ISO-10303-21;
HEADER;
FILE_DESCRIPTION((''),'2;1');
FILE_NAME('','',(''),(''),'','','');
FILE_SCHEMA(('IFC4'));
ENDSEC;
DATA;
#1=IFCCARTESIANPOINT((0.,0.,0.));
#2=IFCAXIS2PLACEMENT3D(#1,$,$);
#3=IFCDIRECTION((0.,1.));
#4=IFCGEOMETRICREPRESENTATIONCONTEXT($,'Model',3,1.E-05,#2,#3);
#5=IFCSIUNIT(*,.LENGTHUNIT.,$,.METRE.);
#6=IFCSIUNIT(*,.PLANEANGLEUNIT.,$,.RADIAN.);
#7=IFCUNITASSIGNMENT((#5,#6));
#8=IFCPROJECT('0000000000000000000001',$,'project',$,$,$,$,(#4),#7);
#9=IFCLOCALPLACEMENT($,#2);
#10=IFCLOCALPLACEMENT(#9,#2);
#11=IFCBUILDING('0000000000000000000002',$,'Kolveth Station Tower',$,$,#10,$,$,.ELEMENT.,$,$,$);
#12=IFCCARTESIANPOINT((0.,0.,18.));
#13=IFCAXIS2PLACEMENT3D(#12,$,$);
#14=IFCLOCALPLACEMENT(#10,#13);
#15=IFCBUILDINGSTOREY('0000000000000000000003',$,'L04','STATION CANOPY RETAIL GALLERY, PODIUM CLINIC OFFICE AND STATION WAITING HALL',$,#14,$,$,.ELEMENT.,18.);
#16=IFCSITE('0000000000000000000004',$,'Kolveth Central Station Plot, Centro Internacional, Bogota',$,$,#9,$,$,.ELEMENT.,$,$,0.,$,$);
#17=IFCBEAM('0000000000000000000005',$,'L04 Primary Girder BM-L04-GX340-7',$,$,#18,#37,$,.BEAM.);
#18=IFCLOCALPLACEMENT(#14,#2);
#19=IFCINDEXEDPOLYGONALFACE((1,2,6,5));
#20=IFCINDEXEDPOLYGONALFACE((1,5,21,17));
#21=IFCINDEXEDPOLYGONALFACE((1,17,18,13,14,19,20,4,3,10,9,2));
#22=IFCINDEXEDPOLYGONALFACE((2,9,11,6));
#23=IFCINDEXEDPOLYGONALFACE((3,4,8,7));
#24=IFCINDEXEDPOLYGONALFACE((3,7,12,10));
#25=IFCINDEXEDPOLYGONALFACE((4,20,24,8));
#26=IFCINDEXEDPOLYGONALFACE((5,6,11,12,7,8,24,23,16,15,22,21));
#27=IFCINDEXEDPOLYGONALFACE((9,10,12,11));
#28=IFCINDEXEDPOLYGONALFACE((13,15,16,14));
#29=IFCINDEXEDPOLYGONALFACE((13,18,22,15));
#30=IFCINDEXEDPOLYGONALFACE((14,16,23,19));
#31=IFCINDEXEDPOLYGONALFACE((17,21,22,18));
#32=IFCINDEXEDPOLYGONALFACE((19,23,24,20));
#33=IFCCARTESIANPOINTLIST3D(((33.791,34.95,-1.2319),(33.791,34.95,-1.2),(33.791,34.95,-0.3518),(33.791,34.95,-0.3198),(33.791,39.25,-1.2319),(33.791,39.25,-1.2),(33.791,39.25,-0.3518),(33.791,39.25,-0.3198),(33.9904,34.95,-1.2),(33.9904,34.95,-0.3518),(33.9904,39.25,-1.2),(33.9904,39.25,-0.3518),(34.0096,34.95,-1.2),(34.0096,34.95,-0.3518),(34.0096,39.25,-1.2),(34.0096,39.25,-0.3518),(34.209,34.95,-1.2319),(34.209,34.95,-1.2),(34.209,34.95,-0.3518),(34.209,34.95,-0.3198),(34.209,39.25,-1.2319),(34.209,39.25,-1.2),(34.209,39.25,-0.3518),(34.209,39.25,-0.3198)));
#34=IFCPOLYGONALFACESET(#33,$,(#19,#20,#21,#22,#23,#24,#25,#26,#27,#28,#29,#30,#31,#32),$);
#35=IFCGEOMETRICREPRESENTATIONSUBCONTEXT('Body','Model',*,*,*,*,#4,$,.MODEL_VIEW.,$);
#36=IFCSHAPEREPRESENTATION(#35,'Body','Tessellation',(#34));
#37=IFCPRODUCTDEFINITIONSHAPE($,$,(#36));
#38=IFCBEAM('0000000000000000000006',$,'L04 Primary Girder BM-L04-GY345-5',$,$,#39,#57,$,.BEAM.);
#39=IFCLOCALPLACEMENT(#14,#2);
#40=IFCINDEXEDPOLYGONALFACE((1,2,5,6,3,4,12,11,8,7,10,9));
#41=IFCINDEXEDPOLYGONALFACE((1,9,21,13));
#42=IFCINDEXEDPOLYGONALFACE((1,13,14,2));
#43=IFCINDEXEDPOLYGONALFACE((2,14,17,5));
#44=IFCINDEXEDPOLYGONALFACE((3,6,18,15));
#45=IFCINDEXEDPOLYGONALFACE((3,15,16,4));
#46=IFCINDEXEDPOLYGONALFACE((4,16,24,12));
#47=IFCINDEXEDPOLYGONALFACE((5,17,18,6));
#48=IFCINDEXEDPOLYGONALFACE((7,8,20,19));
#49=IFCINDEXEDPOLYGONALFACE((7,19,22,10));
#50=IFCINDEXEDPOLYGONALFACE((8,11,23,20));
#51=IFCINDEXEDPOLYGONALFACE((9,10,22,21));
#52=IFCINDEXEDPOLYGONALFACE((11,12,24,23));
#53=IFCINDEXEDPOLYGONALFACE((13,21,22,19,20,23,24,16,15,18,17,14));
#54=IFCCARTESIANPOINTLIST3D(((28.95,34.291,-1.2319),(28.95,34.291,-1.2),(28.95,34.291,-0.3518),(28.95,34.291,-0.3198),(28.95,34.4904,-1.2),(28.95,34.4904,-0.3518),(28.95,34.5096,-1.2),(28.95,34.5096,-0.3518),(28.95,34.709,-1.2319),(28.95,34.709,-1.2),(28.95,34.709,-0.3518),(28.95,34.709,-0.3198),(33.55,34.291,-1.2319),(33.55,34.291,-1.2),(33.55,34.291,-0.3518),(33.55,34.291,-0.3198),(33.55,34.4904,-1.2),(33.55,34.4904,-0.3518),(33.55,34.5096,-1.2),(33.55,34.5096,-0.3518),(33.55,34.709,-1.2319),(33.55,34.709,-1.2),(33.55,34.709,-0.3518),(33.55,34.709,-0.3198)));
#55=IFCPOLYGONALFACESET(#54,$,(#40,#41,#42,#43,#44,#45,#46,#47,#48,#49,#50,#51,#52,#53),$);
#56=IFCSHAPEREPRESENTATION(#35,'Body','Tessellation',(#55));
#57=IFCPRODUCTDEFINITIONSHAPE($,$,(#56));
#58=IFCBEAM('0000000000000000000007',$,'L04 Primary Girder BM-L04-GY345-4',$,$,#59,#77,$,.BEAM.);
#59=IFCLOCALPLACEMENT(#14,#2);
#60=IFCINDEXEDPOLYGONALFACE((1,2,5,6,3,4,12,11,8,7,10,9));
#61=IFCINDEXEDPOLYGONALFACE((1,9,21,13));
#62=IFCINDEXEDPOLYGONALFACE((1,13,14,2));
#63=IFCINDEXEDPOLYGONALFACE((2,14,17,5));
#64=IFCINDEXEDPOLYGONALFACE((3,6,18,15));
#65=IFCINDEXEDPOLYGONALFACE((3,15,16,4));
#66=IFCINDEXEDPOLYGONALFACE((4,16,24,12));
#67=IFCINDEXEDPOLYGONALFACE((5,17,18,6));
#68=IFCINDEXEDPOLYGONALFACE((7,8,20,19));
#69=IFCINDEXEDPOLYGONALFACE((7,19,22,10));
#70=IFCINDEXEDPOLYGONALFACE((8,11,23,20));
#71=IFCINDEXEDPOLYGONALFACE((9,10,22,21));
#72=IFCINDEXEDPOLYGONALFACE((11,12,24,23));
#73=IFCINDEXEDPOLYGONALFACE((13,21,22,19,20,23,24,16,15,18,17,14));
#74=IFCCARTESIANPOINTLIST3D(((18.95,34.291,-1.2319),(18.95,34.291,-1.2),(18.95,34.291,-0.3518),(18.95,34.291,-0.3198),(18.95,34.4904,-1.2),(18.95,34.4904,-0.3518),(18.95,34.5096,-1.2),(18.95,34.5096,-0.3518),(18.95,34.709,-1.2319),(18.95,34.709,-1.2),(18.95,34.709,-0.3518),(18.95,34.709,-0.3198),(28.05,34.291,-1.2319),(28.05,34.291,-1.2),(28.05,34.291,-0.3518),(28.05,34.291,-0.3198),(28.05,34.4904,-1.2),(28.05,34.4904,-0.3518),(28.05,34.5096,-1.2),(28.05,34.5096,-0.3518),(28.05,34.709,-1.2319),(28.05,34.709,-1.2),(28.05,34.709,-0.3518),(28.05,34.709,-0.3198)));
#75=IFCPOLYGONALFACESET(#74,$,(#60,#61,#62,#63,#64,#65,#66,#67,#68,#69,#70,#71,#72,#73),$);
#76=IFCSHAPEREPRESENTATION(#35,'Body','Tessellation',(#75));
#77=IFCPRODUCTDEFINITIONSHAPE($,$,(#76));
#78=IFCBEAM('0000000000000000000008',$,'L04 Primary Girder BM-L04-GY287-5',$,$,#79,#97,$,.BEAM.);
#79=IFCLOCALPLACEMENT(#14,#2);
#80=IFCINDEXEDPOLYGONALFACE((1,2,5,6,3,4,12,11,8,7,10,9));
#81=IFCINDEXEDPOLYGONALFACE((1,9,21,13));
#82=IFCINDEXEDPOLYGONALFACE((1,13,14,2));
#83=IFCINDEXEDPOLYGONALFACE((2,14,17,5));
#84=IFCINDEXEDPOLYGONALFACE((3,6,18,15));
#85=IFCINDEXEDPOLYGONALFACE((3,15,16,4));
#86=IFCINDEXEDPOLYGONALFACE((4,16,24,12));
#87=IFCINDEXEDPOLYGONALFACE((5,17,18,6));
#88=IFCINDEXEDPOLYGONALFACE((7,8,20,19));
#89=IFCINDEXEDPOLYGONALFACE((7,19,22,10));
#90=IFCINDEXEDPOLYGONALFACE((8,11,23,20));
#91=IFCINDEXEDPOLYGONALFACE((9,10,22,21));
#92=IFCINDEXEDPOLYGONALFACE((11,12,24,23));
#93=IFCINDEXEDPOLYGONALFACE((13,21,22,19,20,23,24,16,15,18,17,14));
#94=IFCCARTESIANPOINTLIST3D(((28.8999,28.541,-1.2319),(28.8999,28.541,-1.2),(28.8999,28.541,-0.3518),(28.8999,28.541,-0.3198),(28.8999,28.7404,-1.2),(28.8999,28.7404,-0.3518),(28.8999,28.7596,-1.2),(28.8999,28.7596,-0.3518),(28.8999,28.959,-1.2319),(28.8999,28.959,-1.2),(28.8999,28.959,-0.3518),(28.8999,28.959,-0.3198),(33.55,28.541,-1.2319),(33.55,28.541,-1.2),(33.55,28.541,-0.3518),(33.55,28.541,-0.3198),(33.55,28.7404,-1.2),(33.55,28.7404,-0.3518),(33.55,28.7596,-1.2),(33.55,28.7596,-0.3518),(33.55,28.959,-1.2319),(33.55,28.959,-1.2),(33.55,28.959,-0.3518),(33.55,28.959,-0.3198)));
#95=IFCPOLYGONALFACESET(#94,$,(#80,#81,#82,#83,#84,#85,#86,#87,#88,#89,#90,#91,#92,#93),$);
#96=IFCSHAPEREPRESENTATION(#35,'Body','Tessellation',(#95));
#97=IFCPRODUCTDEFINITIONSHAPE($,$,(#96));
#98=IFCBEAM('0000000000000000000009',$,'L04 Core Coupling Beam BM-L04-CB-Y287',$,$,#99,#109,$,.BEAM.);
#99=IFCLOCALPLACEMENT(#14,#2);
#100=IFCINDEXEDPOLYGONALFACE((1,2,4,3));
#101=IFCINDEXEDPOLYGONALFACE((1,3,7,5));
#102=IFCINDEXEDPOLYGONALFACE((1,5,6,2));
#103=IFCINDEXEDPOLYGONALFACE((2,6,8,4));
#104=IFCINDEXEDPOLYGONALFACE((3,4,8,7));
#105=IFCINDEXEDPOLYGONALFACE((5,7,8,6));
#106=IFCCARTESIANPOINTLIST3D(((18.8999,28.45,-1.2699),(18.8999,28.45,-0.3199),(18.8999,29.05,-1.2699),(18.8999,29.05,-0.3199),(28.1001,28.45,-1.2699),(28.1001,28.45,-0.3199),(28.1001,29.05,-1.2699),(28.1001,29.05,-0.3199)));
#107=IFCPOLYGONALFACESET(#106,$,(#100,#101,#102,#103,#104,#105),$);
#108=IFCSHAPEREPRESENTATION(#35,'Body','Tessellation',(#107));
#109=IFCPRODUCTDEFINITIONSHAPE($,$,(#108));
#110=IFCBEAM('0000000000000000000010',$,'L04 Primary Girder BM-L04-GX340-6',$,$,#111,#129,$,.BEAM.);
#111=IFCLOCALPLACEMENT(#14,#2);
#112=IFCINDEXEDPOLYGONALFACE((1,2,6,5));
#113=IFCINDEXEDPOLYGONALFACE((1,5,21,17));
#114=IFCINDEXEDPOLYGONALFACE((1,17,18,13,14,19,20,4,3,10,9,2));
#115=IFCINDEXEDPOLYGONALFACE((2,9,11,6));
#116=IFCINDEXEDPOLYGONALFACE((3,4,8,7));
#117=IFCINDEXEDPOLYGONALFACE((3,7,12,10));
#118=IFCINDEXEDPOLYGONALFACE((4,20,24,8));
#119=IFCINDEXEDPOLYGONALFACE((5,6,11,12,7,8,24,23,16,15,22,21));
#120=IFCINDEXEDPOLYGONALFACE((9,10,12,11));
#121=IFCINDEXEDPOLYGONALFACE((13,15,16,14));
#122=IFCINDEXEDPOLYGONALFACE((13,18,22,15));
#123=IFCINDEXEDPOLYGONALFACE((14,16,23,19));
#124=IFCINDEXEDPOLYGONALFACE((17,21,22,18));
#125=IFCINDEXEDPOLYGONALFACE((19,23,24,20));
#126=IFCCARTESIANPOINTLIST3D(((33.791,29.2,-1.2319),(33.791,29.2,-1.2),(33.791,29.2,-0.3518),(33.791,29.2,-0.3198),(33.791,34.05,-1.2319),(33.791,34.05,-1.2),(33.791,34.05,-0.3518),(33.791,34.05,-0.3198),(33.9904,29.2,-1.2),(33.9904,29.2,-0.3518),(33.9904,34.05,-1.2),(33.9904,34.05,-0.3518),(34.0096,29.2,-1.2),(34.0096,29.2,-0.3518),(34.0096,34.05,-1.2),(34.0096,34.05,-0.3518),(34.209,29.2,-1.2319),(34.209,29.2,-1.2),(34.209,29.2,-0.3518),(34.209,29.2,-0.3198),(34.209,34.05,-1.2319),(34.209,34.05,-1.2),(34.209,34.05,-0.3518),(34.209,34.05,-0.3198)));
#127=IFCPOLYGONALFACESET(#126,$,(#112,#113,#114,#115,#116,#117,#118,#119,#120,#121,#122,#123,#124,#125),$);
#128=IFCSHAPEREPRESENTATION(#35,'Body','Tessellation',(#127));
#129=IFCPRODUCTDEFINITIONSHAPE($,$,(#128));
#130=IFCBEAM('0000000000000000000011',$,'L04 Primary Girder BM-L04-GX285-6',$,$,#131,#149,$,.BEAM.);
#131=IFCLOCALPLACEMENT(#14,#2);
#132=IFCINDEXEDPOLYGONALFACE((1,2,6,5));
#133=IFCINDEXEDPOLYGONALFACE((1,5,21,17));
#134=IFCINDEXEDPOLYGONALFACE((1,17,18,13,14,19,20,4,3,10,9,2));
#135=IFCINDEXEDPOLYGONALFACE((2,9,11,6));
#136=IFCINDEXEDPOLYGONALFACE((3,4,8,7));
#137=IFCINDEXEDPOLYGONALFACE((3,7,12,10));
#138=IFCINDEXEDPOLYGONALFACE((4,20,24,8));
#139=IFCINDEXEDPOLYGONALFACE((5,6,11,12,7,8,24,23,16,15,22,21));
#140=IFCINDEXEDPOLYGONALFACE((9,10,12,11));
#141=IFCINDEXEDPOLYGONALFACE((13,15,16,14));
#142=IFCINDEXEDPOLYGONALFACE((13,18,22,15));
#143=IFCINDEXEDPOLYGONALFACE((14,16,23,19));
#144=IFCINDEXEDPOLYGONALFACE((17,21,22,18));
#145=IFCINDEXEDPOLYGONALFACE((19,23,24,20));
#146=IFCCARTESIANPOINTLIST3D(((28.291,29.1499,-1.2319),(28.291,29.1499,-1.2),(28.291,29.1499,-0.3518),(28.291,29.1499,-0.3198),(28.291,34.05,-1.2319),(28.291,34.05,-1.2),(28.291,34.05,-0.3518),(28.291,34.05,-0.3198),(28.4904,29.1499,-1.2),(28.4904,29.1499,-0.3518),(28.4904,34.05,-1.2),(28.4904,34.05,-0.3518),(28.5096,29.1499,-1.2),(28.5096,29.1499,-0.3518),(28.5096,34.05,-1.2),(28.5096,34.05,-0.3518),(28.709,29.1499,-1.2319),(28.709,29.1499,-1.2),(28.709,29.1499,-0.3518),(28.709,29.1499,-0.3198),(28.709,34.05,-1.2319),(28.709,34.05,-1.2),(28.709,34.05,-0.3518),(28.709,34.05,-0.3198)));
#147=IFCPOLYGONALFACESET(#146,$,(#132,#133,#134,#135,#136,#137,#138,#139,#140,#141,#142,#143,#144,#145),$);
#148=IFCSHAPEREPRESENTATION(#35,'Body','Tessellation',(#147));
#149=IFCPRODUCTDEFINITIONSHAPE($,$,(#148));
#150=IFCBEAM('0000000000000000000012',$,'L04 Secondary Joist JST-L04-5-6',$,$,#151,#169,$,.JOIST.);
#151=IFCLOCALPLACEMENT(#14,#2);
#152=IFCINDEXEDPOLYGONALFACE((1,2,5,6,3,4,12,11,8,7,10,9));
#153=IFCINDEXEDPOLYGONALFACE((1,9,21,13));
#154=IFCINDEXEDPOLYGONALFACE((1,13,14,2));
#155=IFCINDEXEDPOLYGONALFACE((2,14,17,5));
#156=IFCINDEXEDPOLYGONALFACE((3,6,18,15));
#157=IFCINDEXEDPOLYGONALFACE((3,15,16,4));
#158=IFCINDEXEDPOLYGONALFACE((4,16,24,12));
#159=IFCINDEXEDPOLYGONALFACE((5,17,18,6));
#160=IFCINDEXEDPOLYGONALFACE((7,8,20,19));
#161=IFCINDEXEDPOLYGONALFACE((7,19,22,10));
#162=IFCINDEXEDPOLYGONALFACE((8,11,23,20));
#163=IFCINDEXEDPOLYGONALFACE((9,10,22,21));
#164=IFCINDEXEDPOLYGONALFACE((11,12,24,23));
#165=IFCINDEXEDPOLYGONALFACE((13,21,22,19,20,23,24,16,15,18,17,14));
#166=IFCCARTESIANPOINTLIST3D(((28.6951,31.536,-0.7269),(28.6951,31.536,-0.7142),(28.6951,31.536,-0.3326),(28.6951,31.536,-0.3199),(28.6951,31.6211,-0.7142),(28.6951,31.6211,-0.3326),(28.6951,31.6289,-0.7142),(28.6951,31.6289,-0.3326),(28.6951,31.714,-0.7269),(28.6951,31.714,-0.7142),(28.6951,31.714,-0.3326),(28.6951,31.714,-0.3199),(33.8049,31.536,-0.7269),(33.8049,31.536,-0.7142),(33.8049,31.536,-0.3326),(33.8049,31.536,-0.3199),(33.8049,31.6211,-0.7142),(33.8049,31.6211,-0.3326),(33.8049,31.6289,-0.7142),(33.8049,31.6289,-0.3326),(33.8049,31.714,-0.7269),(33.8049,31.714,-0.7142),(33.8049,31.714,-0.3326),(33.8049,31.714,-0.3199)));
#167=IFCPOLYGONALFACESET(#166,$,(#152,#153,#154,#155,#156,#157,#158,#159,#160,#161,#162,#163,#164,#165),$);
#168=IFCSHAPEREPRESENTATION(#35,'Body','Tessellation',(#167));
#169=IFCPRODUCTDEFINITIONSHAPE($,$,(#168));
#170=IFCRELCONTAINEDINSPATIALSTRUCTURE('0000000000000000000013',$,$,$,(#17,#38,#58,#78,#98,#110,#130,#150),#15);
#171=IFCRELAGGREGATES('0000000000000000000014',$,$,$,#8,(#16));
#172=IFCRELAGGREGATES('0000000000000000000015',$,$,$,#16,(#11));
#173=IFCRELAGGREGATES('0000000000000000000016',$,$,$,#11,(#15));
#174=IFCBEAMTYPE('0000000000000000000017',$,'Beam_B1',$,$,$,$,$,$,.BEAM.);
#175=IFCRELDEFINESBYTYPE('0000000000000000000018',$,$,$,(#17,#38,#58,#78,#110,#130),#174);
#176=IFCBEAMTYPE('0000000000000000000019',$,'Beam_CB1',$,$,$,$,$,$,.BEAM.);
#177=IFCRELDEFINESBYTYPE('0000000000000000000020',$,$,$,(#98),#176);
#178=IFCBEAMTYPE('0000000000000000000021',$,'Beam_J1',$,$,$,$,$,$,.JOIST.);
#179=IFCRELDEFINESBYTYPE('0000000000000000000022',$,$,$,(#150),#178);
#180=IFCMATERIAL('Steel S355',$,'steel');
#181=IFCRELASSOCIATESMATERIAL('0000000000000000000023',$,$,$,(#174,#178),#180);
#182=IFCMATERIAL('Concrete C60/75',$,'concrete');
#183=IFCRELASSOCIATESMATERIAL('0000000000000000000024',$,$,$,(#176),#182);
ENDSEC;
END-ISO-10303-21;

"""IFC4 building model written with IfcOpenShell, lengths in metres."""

from ifc_helpers import new_model, si_unit, direction, frame, origin, origin_2d, place, context, subcontext, project, spatial, rectangle, i_section, extrude, source, transform, mapped, material, material_profile, profile_set, type_object, element, save


model = new_model("IFC4")

# Units and contexts
model_context = context("Model", 3, precision=1e-05, world=origin(), true_north=direction((0.0, 1.0)))
body_context = subcontext(model_context, "Body", "Model", "MODEL_VIEW")
ifc_project = project(units=[si_unit("LENGTHUNIT", "METRE"), si_unit("PLANEANGLEUNIT", "RADIAN")], contexts=[model_context])

# Site, building, storey
site_placement = place(None, origin())
site = spatial("IfcSite", under=ifc_project, at=site_placement, Name="Kolveth Central Station Plot, Centro Internacional, Bogota", CompositionType="ELEMENT", RefElevation=0.0)
building_placement = place(site_placement, origin())
building = spatial("IfcBuilding", under=site, at=building_placement, Name="Kolveth Station Tower", CompositionType="ELEMENT")
storey_placement = place(building_placement, frame((0.0, 0.0, 18.0)))
storey = spatial("IfcBuildingStorey", under=building, at=storey_placement, Name="L04", Description="STATION CANOPY RETAIL GALLERY, PODIUM CLINIC OFFICE AND STATION WAITING HALL", CompositionType="ELEMENT", Elevation=18.0)

# Beams
ifc_material_1 = material(Name="Steel S355", Category="steel")
ifc_material_profile_1 = material_profile(ifc_material_1, i_section(OverallWidth=0.418, OverallDepth=0.9121, WebThickness=0.0193, FlangeThickness=0.032, at=origin_2d()), Name="W920x342")
ifc_profile_set_1 = profile_set([ifc_material_profile_1], Name="Steel S355")
beam_type_1 = type_object("IfcBeamType", Name="Beam_B1", PredefinedType="BEAM", material=ifc_profile_set_1)
shared_shape_1 = source(origin(), body_context, "Body", "SweptSolid", [
    extrude(i_section(OverallWidth=0.418, OverallDepth=0.9121, WebThickness=0.0193, FlangeThickness=0.032, at=origin_2d()), origin(), (0.0, 0.0, 1.0), 4.3),
])
for number, where, z_axis, x_axis, name in (
    (1, (34.0, 34.95, -0.7759), (0.0, 1.0, 0.0), (-1.0, 0.0, 0.0), "L04 Primary Girder BM-L04-GX340-7"),
):
    element("IfcBeam", number, at=place(storey_placement, frame(where, z_axis=z_axis, x_axis=x_axis)), inside=storey, type_object=beam_type_1, Name=name, PredefinedType="BEAM", context=body_context, shape_type="MappedRepresentation", body=[
        mapped(shared_shape_1, transform((0.0, 0.0, 0.0), x_axis=(1.0, 0.0, 0.0), y_axis=(0.0, 1.0, 0.0), z_axis=(0.0, 0.0, 1.0), scale=1.0)),
    ])
shared_shape_2 = source(origin(), body_context, "Body", "SweptSolid", [
    extrude(i_section(OverallWidth=0.418, OverallDepth=0.9121, WebThickness=0.0193, FlangeThickness=0.032, at=origin_2d()), origin(), (0.0, 0.0, 1.0), 4.6001),
])
beam_1_placement = place(storey_placement, frame((28.95, 34.5, -0.7759), z_axis=(1.0, 0.0, 0.0), x_axis=(0.0, 1.0, 0.0)))
element("IfcBeam", 2, at=beam_1_placement, inside=storey, type_object=beam_type_1, Name="L04 Primary Girder BM-L04-GY345-5", PredefinedType="BEAM", context=body_context, shape_type="MappedRepresentation", body=[
    mapped(shared_shape_2, transform((0.0, 0.0, 0.0), x_axis=(1.0, 0.0, 0.0), y_axis=(0.0, 1.0, 0.0), z_axis=(0.0, 0.0, 1.0), scale=1.0)),
])
shared_shape_3 = source(origin(), body_context, "Body", "SweptSolid", [
    extrude(i_section(OverallWidth=0.418, OverallDepth=0.9121, WebThickness=0.0193, FlangeThickness=0.032, at=origin_2d()), origin(), (0.0, 0.0, 1.0), 9.1001),
])
beam_2_placement = place(storey_placement, frame((18.95, 34.5, -0.7759), z_axis=(1.0, 0.0, 0.0), x_axis=(0.0, 1.0, 0.0)))
element("IfcBeam", 3, at=beam_2_placement, inside=storey, type_object=beam_type_1, Name="L04 Primary Girder BM-L04-GY345-4", PredefinedType="BEAM", context=body_context, shape_type="MappedRepresentation", body=[
    mapped(shared_shape_3, transform((0.0, 0.0, 0.0), x_axis=(1.0, 0.0, 0.0), y_axis=(0.0, 1.0, 0.0), z_axis=(0.0, 0.0, 1.0), scale=1.0)),
])
shared_shape_4 = source(origin(), body_context, "Body", "SweptSolid", [
    extrude(i_section(OverallWidth=0.418, OverallDepth=0.9121, WebThickness=0.0193, FlangeThickness=0.032, at=origin_2d()), origin(), (0.0, 0.0, 1.0), 4.6501),
])
beam_3_placement = place(storey_placement, frame((28.8999, 28.75, -0.7759), z_axis=(1.0, 0.0, 0.0), x_axis=(0.0, 1.0, 0.0)))
element("IfcBeam", 4, at=beam_3_placement, inside=storey, type_object=beam_type_1, Name="L04 Primary Girder BM-L04-GY287-5", PredefinedType="BEAM", context=body_context, shape_type="MappedRepresentation", body=[
    mapped(shared_shape_4, transform((0.0, 0.0, 0.0), x_axis=(1.0, 0.0, 0.0), y_axis=(0.0, 1.0, 0.0), z_axis=(0.0, 0.0, 1.0), scale=1.0)),
])
ifc_material_2 = material(Name="Concrete C60/75", Category="concrete")
ifc_material_profile_2 = material_profile(ifc_material_2, rectangle(XDim=0.6001, YDim=0.95, at=origin_2d()), Name="RC-600x950")
ifc_profile_set_2 = profile_set([ifc_material_profile_2], Name="Concrete C60/75")
beam_type_2 = type_object("IfcBeamType", Name="Beam_CB1", PredefinedType="BEAM", material=ifc_profile_set_2)
shared_shape_5 = source(origin(), body_context, "Body", "SweptSolid", [
    extrude(rectangle(XDim=0.6001, YDim=0.95, at=origin_2d()), origin(), (0.0, 0.0, 1.0), 9.2002),
])
beam_4_placement = place(storey_placement, frame((18.8999, 28.75, -0.7949), z_axis=(1.0, 0.0, 0.0), x_axis=(0.0, 1.0, 0.0)))
element("IfcBeam", 5, at=beam_4_placement, inside=storey, type_object=beam_type_2, Name="L04 Core Coupling Beam BM-L04-CB-Y287", PredefinedType="BEAM", context=body_context, shape_type="MappedRepresentation", body=[
    mapped(shared_shape_5, transform((0.0, 0.0, 0.0), x_axis=(1.0, 0.0, 0.0), y_axis=(0.0, 1.0, 0.0), z_axis=(0.0, 0.0, 1.0), scale=1.0)),
])
shared_shape_6 = source(origin(), body_context, "Body", "SweptSolid", [
    extrude(i_section(OverallWidth=0.418, OverallDepth=0.9121, WebThickness=0.0193, FlangeThickness=0.032, at=origin_2d()), origin(), (0.0, 0.0, 1.0), 4.8501),
])
beam_5_placement = place(storey_placement, frame((34.0, 29.2, -0.7759), z_axis=(0.0, 1.0, 0.0), x_axis=(-1.0, 0.0, 0.0)))
element("IfcBeam", 6, at=beam_5_placement, inside=storey, type_object=beam_type_1, Name="L04 Primary Girder BM-L04-GX340-6", PredefinedType="BEAM", context=body_context, shape_type="MappedRepresentation", body=[
    mapped(shared_shape_6, transform((0.0, 0.0, 0.0), x_axis=(1.0, 0.0, 0.0), y_axis=(0.0, 1.0, 0.0), z_axis=(0.0, 0.0, 1.0), scale=1.0)),
])
shared_shape_7 = source(origin(), body_context, "Body", "SweptSolid", [
    extrude(i_section(OverallWidth=0.418, OverallDepth=0.9121, WebThickness=0.0193, FlangeThickness=0.032, at=origin_2d()), origin(), (0.0, 0.0, 1.0), 4.9001),
])
beam_6_placement = place(storey_placement, frame((28.5, 29.1499, -0.7759), z_axis=(0.0, 1.0, 0.0), x_axis=(-1.0, 0.0, 0.0)))
element("IfcBeam", 7, at=beam_6_placement, inside=storey, type_object=beam_type_1, Name="L04 Primary Girder BM-L04-GX285-6", PredefinedType="BEAM", context=body_context, shape_type="MappedRepresentation", body=[
    mapped(shared_shape_7, transform((0.0, 0.0, 0.0), x_axis=(1.0, 0.0, 0.0), y_axis=(0.0, 1.0, 0.0), z_axis=(0.0, 0.0, 1.0), scale=1.0)),
])
ifc_material_profile_3 = material_profile(ifc_material_1, i_section(OverallWidth=0.178, OverallDepth=0.407, WebThickness=0.0078, FlangeThickness=0.0127, at=origin_2d()), Name="W410x60")
ifc_profile_set_3 = profile_set([ifc_material_profile_3], Name="Steel S355")
beam_type_3 = type_object("IfcBeamType", Name="Beam_J1", PredefinedType="JOIST", material=ifc_profile_set_3)
shared_shape_8 = source(origin(), body_context, "Body", "SweptSolid", [
    extrude(i_section(OverallWidth=0.178, OverallDepth=0.407, WebThickness=0.0078, FlangeThickness=0.0127, at=origin_2d()), origin(), (0.0, 0.0, 1.0), 5.1099),
])
for number, where, z_axis, x_axis, name in (
    (8, (28.6951, 31.625, -0.5234), (1.0, 0.0, 0.0), (0.0, 1.0, 0.0), "L04 Secondary Joist JST-L04-5-6"),
):
    element("IfcBeam", number, at=place(storey_placement, frame(where, z_axis=z_axis, x_axis=x_axis)), inside=storey, type_object=beam_type_3, Name=name, PredefinedType="JOIST", context=body_context, shape_type="MappedRepresentation", body=[
        mapped(shared_shape_8, transform((0.0, 0.0, 0.0), x_axis=(1.0, 0.0, 0.0), y_axis=(0.0, 1.0, 0.0), z_axis=(0.0, 0.0, 1.0), scale=1.0)),
    ])

save(model, "model.ifc")
